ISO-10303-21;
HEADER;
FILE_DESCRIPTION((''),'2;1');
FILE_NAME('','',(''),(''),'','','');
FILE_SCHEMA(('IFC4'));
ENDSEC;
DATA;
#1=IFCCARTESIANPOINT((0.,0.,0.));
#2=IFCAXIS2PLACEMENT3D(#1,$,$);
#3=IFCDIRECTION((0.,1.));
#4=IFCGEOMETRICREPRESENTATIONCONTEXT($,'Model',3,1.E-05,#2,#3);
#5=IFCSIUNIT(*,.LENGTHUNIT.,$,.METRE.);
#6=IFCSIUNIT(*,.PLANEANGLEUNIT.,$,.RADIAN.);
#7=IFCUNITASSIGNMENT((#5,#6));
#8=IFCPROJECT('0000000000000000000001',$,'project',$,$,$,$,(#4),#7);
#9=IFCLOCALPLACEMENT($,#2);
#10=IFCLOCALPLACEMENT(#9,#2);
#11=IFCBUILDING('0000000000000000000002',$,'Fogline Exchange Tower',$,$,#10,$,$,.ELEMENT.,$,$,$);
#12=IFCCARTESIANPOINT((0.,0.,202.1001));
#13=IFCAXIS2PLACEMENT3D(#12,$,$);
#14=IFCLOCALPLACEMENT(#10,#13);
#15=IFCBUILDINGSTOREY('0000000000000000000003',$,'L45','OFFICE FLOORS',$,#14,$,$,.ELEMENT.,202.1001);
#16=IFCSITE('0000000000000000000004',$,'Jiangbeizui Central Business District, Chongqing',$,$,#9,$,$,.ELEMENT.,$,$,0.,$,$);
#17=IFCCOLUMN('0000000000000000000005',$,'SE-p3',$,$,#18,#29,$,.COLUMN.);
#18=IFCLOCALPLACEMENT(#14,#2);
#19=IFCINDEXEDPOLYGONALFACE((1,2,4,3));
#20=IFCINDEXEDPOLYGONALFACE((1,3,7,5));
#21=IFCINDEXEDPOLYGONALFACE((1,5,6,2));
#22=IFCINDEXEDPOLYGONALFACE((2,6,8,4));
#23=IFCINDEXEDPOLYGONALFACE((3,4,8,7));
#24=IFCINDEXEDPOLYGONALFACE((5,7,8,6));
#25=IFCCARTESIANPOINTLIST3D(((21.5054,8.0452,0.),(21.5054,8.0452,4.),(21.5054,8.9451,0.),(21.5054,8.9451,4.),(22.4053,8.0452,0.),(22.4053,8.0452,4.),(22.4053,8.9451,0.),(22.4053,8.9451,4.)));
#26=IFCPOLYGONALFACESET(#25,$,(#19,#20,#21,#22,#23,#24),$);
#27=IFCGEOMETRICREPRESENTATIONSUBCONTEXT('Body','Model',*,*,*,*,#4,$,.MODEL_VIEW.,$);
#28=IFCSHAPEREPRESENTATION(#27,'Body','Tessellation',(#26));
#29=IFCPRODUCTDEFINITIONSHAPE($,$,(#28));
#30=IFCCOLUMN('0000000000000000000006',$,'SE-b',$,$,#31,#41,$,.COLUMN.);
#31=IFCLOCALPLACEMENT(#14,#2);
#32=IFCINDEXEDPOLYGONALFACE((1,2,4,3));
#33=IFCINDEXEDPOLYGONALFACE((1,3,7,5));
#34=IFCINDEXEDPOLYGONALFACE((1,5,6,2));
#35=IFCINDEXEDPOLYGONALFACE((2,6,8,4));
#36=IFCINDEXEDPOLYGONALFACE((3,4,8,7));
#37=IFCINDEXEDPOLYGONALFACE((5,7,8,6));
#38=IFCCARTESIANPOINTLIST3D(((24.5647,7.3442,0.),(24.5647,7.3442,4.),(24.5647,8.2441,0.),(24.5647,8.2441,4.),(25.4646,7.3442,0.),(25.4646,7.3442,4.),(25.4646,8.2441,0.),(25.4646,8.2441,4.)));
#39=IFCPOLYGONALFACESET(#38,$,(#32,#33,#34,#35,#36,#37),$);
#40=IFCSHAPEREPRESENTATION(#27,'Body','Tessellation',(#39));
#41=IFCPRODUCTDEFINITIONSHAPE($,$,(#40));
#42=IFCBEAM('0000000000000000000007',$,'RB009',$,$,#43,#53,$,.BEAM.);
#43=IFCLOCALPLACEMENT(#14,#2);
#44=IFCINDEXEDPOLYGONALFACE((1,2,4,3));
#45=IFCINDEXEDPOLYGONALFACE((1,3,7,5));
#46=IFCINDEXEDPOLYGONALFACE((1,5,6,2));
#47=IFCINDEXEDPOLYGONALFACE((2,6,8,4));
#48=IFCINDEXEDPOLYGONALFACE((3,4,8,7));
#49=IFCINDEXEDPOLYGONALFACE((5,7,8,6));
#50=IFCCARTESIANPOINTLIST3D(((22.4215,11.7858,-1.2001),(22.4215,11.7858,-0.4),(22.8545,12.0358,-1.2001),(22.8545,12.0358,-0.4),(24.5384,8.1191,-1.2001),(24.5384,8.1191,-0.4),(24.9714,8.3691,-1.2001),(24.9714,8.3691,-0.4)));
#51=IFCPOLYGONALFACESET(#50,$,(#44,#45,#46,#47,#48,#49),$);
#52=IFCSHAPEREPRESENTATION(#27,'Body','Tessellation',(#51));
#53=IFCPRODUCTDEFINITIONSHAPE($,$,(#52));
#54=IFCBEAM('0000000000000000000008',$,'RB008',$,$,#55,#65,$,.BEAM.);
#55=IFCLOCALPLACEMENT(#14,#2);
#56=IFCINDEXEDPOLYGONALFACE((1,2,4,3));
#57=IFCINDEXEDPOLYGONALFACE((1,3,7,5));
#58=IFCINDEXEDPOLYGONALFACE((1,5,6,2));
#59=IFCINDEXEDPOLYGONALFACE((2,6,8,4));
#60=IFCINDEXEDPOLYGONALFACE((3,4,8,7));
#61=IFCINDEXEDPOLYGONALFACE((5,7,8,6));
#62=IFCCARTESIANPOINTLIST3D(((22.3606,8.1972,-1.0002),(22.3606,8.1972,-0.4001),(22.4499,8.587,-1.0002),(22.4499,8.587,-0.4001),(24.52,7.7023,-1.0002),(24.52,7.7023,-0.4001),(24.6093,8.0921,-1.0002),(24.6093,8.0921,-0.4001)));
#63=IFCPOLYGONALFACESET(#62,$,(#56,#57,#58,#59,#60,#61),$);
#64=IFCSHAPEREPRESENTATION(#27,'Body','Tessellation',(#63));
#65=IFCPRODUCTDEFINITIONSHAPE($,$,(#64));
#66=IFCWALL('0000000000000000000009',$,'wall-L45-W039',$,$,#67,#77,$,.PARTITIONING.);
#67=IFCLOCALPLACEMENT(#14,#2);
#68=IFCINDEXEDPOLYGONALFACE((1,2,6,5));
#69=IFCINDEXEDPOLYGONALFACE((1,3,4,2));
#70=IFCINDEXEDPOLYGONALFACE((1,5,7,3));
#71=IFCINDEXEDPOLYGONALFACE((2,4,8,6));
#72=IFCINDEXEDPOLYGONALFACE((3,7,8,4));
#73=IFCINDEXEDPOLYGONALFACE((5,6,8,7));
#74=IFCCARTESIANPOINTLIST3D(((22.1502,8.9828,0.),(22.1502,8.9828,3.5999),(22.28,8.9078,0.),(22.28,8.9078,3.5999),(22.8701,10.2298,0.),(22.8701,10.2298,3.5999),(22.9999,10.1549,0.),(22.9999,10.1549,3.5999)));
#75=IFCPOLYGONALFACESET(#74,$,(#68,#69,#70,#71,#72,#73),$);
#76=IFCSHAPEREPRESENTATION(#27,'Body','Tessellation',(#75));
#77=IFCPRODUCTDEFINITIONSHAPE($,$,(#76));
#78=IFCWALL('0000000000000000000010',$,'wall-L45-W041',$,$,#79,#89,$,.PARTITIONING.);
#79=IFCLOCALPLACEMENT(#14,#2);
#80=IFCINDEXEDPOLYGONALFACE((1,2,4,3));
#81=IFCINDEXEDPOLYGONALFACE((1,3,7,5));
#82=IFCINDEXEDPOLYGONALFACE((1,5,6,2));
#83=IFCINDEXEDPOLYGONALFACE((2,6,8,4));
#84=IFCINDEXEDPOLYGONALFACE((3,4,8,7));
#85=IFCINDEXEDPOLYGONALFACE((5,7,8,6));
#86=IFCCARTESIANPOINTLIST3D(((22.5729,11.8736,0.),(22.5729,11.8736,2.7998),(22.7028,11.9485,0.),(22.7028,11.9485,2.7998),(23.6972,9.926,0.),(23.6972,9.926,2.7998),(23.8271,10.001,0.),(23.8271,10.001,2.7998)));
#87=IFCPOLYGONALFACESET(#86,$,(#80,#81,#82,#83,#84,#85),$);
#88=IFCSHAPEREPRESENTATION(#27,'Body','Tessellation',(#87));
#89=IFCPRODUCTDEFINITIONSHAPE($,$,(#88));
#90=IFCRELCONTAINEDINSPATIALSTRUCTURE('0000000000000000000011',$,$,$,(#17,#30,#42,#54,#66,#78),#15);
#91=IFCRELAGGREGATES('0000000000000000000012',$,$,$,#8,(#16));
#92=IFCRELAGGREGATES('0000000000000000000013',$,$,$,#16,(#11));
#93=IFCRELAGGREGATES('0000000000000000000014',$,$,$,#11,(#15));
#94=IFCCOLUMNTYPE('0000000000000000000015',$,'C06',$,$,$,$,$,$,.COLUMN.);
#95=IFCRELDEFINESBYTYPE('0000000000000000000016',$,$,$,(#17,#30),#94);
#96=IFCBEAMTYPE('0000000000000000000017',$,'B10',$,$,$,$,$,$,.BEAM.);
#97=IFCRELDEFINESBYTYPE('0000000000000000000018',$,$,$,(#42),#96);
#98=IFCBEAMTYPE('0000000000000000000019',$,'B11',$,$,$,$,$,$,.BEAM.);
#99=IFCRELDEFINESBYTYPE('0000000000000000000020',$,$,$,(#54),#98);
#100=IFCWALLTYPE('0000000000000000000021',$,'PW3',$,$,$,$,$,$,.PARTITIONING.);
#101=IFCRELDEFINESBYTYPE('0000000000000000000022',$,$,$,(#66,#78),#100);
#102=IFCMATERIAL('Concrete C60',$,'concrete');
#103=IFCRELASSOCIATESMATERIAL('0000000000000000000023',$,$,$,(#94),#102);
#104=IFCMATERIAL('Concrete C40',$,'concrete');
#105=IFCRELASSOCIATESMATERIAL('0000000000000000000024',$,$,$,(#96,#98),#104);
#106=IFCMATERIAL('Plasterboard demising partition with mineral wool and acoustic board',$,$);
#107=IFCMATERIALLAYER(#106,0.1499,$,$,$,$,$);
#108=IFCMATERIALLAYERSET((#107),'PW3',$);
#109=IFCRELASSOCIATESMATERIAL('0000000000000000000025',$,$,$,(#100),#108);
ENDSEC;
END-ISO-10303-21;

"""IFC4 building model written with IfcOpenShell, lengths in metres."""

from ifc_helpers import new_model, si_unit, direction, frame, frame_2d, origin, origin_2d, place, context, subcontext, project, spatial, rectangle, extrude, material, layer, layer_set, material_profile, profile_set, type_object, element, save


model = new_model("IFC4")

# Units and contexts
model_context = context("Model", 3, precision=1e-05, world=origin(), true_north=direction((0.0, 1.0)))
body_context = subcontext(model_context, "Body", "Model", "MODEL_VIEW")
ifc_project = project(units=[si_unit("LENGTHUNIT", "METRE"), si_unit("PLANEANGLEUNIT", "RADIAN")], contexts=[model_context])

# Site, building, storey
site_placement = place(None, origin())
site = spatial("IfcSite", under=ifc_project, at=site_placement, Name="Jiangbeizui Central Business District, Chongqing", CompositionType="ELEMENT", RefElevation=0.0)
building_placement = place(site_placement, origin())
building = spatial("IfcBuilding", under=site, at=building_placement, Name="Fogline Exchange Tower", CompositionType="ELEMENT")
storey_placement = place(building_placement, frame((0.0, 0.0, 202.1001)))
storey = spatial("IfcBuildingStorey", under=building, at=storey_placement, Name="L45", Description="OFFICE FLOORS", CompositionType="ELEMENT", Elevation=202.1001)

# Columns
ifc_material_1 = material(Name="Concrete C60", Category="concrete")
ifc_material_profile_1 = material_profile(ifc_material_1, rectangle(XDim=0.8999, YDim=0.8999, at=origin_2d()), Name="RC 900x900")
ifc_profile_set_1 = profile_set([ifc_material_profile_1], Name="Concrete C60")
column_type = type_object("IfcColumnType", Name="C06", PredefinedType="COLUMN", material=ifc_profile_set_1)
for number, where, z_axis, x_axis, name in (
    (1, (21.9553, 8.4951, 0.0), (0.0, 0.0, 1.0), (1.0, 0.0, 0.0), "SE-p3"),
    (2, (25.0146, 7.7942, 0.0), (0.0, 0.0, 1.0), (1.0, 0.0, 0.0), "SE-b"),
):
    element("IfcColumn", number, at=place(storey_placement, frame(where, z_axis=z_axis, x_axis=x_axis)), inside=storey, type_object=column_type, Name=name, PredefinedType="COLUMN", context=body_context, shape_type="SweptSolid", body=[
        extrude(rectangle(XDim=0.8999, YDim=0.8999, at=origin_2d()), origin(), (0.0, 0.0, 1.0), 4.0),
    ])

# Beams
ifc_material_2 = material(Name="Concrete C40", Category="concrete")
ifc_material_profile_2 = material_profile(ifc_material_2, rectangle(XDim=0.5, YDim=0.8, at=origin_2d()), Name="RC 500x800")
ifc_profile_set_2 = profile_set([ifc_material_profile_2], Name="Concrete C40")
beam_type_1 = type_object("IfcBeamType", Name="B10", PredefinedType="BEAM", material=ifc_profile_set_2)
beam_1_placement = place(storey_placement, frame((24.7549, 8.2441, -0.8), z_axis=(-0.49999, 0.866031, 0.0), x_axis=(-0.866031, -0.49999, 0.0)))
element("IfcBeam", 3, at=beam_1_placement, inside=storey, type_object=beam_type_1, Name="RB009", PredefinedType="BEAM", context=body_context, shape_type="SweptSolid", body=[
    extrude(rectangle(XDim=0.5, YDim=0.8, at=origin_2d()), origin(), (0.0, 0.0, 1.0), 4.2339),
])
ifc_material_profile_3 = material_profile(ifc_material_2, rectangle(XDim=0.3999, YDim=0.6001, at=origin_2d()), Name="RC 400x600")
ifc_profile_set_3 = profile_set([ifc_material_profile_3], Name="Concrete C40")
beam_type_2 = type_object("IfcBeamType", Name="B11", PredefinedType="BEAM", material=ifc_profile_set_3)
beam_2_placement = place(storey_placement, frame((22.4053, 8.3921, -0.7002), z_axis=(0.974732, -0.223378, 0.0), x_axis=(0.223378, 0.974732, 0.0)))
element("IfcBeam", 4, at=beam_2_placement, inside=storey, type_object=beam_type_2, Name="RB008", PredefinedType="BEAM", context=body_context, shape_type="SweptSolid", body=[
    extrude(rectangle(XDim=0.3999, YDim=0.6001, at=origin_2d()), origin(), (0.0, 0.0, 1.0), 2.2153),
])

# Walls
ifc_material_3 = material(Name="Plasterboard demising partition with mineral wool and acoustic board")
ifc_layer_1 = layer(ifc_material_3, 0.1499)
ifc_layer_set_1 = layer_set([ifc_layer_1], Name="PW3")
wall_type_1 = type_object("IfcWallType", Name="PW3", PredefinedType="PARTITIONING", material=ifc_layer_set_1)
wall_1_placement = place(storey_placement, frame((22.2151, 8.9453, 0.0), z_axis=(0.0, 0.0, 1.0), x_axis=(0.499987, 0.866033, 0.0)))
element("IfcWall", 5, at=wall_1_placement, inside=storey, type_object=wall_type_1, Name="wall-L45-W039", PredefinedType="PARTITIONING", context=body_context, shape_type="SweptSolid", body=[
    extrude(rectangle(XDim=1.4399, YDim=0.1499, at=frame_2d((0.72, 0.0))), origin(), (0.0, 0.0, 1.0), 3.5999),
])
wall_2_placement = place(storey_placement, frame((23.7622, 9.9634, 0.0), z_axis=(0.0, 0.0, 1.0), x_axis=(-0.499957, 0.86605, 0.0)))
element("IfcWall", 6, at=wall_2_placement, inside=storey, type_object=wall_type_1, Name="wall-L45-W041", PredefinedType="PARTITIONING", context=body_context, shape_type="SweptSolid", body=[
    extrude(rectangle(XDim=2.2488, YDim=0.1499, at=frame_2d((1.1245, 0.0))), origin(), (0.0, 0.0, 1.0), 2.7998),
])

save(model, "model.ifc")
